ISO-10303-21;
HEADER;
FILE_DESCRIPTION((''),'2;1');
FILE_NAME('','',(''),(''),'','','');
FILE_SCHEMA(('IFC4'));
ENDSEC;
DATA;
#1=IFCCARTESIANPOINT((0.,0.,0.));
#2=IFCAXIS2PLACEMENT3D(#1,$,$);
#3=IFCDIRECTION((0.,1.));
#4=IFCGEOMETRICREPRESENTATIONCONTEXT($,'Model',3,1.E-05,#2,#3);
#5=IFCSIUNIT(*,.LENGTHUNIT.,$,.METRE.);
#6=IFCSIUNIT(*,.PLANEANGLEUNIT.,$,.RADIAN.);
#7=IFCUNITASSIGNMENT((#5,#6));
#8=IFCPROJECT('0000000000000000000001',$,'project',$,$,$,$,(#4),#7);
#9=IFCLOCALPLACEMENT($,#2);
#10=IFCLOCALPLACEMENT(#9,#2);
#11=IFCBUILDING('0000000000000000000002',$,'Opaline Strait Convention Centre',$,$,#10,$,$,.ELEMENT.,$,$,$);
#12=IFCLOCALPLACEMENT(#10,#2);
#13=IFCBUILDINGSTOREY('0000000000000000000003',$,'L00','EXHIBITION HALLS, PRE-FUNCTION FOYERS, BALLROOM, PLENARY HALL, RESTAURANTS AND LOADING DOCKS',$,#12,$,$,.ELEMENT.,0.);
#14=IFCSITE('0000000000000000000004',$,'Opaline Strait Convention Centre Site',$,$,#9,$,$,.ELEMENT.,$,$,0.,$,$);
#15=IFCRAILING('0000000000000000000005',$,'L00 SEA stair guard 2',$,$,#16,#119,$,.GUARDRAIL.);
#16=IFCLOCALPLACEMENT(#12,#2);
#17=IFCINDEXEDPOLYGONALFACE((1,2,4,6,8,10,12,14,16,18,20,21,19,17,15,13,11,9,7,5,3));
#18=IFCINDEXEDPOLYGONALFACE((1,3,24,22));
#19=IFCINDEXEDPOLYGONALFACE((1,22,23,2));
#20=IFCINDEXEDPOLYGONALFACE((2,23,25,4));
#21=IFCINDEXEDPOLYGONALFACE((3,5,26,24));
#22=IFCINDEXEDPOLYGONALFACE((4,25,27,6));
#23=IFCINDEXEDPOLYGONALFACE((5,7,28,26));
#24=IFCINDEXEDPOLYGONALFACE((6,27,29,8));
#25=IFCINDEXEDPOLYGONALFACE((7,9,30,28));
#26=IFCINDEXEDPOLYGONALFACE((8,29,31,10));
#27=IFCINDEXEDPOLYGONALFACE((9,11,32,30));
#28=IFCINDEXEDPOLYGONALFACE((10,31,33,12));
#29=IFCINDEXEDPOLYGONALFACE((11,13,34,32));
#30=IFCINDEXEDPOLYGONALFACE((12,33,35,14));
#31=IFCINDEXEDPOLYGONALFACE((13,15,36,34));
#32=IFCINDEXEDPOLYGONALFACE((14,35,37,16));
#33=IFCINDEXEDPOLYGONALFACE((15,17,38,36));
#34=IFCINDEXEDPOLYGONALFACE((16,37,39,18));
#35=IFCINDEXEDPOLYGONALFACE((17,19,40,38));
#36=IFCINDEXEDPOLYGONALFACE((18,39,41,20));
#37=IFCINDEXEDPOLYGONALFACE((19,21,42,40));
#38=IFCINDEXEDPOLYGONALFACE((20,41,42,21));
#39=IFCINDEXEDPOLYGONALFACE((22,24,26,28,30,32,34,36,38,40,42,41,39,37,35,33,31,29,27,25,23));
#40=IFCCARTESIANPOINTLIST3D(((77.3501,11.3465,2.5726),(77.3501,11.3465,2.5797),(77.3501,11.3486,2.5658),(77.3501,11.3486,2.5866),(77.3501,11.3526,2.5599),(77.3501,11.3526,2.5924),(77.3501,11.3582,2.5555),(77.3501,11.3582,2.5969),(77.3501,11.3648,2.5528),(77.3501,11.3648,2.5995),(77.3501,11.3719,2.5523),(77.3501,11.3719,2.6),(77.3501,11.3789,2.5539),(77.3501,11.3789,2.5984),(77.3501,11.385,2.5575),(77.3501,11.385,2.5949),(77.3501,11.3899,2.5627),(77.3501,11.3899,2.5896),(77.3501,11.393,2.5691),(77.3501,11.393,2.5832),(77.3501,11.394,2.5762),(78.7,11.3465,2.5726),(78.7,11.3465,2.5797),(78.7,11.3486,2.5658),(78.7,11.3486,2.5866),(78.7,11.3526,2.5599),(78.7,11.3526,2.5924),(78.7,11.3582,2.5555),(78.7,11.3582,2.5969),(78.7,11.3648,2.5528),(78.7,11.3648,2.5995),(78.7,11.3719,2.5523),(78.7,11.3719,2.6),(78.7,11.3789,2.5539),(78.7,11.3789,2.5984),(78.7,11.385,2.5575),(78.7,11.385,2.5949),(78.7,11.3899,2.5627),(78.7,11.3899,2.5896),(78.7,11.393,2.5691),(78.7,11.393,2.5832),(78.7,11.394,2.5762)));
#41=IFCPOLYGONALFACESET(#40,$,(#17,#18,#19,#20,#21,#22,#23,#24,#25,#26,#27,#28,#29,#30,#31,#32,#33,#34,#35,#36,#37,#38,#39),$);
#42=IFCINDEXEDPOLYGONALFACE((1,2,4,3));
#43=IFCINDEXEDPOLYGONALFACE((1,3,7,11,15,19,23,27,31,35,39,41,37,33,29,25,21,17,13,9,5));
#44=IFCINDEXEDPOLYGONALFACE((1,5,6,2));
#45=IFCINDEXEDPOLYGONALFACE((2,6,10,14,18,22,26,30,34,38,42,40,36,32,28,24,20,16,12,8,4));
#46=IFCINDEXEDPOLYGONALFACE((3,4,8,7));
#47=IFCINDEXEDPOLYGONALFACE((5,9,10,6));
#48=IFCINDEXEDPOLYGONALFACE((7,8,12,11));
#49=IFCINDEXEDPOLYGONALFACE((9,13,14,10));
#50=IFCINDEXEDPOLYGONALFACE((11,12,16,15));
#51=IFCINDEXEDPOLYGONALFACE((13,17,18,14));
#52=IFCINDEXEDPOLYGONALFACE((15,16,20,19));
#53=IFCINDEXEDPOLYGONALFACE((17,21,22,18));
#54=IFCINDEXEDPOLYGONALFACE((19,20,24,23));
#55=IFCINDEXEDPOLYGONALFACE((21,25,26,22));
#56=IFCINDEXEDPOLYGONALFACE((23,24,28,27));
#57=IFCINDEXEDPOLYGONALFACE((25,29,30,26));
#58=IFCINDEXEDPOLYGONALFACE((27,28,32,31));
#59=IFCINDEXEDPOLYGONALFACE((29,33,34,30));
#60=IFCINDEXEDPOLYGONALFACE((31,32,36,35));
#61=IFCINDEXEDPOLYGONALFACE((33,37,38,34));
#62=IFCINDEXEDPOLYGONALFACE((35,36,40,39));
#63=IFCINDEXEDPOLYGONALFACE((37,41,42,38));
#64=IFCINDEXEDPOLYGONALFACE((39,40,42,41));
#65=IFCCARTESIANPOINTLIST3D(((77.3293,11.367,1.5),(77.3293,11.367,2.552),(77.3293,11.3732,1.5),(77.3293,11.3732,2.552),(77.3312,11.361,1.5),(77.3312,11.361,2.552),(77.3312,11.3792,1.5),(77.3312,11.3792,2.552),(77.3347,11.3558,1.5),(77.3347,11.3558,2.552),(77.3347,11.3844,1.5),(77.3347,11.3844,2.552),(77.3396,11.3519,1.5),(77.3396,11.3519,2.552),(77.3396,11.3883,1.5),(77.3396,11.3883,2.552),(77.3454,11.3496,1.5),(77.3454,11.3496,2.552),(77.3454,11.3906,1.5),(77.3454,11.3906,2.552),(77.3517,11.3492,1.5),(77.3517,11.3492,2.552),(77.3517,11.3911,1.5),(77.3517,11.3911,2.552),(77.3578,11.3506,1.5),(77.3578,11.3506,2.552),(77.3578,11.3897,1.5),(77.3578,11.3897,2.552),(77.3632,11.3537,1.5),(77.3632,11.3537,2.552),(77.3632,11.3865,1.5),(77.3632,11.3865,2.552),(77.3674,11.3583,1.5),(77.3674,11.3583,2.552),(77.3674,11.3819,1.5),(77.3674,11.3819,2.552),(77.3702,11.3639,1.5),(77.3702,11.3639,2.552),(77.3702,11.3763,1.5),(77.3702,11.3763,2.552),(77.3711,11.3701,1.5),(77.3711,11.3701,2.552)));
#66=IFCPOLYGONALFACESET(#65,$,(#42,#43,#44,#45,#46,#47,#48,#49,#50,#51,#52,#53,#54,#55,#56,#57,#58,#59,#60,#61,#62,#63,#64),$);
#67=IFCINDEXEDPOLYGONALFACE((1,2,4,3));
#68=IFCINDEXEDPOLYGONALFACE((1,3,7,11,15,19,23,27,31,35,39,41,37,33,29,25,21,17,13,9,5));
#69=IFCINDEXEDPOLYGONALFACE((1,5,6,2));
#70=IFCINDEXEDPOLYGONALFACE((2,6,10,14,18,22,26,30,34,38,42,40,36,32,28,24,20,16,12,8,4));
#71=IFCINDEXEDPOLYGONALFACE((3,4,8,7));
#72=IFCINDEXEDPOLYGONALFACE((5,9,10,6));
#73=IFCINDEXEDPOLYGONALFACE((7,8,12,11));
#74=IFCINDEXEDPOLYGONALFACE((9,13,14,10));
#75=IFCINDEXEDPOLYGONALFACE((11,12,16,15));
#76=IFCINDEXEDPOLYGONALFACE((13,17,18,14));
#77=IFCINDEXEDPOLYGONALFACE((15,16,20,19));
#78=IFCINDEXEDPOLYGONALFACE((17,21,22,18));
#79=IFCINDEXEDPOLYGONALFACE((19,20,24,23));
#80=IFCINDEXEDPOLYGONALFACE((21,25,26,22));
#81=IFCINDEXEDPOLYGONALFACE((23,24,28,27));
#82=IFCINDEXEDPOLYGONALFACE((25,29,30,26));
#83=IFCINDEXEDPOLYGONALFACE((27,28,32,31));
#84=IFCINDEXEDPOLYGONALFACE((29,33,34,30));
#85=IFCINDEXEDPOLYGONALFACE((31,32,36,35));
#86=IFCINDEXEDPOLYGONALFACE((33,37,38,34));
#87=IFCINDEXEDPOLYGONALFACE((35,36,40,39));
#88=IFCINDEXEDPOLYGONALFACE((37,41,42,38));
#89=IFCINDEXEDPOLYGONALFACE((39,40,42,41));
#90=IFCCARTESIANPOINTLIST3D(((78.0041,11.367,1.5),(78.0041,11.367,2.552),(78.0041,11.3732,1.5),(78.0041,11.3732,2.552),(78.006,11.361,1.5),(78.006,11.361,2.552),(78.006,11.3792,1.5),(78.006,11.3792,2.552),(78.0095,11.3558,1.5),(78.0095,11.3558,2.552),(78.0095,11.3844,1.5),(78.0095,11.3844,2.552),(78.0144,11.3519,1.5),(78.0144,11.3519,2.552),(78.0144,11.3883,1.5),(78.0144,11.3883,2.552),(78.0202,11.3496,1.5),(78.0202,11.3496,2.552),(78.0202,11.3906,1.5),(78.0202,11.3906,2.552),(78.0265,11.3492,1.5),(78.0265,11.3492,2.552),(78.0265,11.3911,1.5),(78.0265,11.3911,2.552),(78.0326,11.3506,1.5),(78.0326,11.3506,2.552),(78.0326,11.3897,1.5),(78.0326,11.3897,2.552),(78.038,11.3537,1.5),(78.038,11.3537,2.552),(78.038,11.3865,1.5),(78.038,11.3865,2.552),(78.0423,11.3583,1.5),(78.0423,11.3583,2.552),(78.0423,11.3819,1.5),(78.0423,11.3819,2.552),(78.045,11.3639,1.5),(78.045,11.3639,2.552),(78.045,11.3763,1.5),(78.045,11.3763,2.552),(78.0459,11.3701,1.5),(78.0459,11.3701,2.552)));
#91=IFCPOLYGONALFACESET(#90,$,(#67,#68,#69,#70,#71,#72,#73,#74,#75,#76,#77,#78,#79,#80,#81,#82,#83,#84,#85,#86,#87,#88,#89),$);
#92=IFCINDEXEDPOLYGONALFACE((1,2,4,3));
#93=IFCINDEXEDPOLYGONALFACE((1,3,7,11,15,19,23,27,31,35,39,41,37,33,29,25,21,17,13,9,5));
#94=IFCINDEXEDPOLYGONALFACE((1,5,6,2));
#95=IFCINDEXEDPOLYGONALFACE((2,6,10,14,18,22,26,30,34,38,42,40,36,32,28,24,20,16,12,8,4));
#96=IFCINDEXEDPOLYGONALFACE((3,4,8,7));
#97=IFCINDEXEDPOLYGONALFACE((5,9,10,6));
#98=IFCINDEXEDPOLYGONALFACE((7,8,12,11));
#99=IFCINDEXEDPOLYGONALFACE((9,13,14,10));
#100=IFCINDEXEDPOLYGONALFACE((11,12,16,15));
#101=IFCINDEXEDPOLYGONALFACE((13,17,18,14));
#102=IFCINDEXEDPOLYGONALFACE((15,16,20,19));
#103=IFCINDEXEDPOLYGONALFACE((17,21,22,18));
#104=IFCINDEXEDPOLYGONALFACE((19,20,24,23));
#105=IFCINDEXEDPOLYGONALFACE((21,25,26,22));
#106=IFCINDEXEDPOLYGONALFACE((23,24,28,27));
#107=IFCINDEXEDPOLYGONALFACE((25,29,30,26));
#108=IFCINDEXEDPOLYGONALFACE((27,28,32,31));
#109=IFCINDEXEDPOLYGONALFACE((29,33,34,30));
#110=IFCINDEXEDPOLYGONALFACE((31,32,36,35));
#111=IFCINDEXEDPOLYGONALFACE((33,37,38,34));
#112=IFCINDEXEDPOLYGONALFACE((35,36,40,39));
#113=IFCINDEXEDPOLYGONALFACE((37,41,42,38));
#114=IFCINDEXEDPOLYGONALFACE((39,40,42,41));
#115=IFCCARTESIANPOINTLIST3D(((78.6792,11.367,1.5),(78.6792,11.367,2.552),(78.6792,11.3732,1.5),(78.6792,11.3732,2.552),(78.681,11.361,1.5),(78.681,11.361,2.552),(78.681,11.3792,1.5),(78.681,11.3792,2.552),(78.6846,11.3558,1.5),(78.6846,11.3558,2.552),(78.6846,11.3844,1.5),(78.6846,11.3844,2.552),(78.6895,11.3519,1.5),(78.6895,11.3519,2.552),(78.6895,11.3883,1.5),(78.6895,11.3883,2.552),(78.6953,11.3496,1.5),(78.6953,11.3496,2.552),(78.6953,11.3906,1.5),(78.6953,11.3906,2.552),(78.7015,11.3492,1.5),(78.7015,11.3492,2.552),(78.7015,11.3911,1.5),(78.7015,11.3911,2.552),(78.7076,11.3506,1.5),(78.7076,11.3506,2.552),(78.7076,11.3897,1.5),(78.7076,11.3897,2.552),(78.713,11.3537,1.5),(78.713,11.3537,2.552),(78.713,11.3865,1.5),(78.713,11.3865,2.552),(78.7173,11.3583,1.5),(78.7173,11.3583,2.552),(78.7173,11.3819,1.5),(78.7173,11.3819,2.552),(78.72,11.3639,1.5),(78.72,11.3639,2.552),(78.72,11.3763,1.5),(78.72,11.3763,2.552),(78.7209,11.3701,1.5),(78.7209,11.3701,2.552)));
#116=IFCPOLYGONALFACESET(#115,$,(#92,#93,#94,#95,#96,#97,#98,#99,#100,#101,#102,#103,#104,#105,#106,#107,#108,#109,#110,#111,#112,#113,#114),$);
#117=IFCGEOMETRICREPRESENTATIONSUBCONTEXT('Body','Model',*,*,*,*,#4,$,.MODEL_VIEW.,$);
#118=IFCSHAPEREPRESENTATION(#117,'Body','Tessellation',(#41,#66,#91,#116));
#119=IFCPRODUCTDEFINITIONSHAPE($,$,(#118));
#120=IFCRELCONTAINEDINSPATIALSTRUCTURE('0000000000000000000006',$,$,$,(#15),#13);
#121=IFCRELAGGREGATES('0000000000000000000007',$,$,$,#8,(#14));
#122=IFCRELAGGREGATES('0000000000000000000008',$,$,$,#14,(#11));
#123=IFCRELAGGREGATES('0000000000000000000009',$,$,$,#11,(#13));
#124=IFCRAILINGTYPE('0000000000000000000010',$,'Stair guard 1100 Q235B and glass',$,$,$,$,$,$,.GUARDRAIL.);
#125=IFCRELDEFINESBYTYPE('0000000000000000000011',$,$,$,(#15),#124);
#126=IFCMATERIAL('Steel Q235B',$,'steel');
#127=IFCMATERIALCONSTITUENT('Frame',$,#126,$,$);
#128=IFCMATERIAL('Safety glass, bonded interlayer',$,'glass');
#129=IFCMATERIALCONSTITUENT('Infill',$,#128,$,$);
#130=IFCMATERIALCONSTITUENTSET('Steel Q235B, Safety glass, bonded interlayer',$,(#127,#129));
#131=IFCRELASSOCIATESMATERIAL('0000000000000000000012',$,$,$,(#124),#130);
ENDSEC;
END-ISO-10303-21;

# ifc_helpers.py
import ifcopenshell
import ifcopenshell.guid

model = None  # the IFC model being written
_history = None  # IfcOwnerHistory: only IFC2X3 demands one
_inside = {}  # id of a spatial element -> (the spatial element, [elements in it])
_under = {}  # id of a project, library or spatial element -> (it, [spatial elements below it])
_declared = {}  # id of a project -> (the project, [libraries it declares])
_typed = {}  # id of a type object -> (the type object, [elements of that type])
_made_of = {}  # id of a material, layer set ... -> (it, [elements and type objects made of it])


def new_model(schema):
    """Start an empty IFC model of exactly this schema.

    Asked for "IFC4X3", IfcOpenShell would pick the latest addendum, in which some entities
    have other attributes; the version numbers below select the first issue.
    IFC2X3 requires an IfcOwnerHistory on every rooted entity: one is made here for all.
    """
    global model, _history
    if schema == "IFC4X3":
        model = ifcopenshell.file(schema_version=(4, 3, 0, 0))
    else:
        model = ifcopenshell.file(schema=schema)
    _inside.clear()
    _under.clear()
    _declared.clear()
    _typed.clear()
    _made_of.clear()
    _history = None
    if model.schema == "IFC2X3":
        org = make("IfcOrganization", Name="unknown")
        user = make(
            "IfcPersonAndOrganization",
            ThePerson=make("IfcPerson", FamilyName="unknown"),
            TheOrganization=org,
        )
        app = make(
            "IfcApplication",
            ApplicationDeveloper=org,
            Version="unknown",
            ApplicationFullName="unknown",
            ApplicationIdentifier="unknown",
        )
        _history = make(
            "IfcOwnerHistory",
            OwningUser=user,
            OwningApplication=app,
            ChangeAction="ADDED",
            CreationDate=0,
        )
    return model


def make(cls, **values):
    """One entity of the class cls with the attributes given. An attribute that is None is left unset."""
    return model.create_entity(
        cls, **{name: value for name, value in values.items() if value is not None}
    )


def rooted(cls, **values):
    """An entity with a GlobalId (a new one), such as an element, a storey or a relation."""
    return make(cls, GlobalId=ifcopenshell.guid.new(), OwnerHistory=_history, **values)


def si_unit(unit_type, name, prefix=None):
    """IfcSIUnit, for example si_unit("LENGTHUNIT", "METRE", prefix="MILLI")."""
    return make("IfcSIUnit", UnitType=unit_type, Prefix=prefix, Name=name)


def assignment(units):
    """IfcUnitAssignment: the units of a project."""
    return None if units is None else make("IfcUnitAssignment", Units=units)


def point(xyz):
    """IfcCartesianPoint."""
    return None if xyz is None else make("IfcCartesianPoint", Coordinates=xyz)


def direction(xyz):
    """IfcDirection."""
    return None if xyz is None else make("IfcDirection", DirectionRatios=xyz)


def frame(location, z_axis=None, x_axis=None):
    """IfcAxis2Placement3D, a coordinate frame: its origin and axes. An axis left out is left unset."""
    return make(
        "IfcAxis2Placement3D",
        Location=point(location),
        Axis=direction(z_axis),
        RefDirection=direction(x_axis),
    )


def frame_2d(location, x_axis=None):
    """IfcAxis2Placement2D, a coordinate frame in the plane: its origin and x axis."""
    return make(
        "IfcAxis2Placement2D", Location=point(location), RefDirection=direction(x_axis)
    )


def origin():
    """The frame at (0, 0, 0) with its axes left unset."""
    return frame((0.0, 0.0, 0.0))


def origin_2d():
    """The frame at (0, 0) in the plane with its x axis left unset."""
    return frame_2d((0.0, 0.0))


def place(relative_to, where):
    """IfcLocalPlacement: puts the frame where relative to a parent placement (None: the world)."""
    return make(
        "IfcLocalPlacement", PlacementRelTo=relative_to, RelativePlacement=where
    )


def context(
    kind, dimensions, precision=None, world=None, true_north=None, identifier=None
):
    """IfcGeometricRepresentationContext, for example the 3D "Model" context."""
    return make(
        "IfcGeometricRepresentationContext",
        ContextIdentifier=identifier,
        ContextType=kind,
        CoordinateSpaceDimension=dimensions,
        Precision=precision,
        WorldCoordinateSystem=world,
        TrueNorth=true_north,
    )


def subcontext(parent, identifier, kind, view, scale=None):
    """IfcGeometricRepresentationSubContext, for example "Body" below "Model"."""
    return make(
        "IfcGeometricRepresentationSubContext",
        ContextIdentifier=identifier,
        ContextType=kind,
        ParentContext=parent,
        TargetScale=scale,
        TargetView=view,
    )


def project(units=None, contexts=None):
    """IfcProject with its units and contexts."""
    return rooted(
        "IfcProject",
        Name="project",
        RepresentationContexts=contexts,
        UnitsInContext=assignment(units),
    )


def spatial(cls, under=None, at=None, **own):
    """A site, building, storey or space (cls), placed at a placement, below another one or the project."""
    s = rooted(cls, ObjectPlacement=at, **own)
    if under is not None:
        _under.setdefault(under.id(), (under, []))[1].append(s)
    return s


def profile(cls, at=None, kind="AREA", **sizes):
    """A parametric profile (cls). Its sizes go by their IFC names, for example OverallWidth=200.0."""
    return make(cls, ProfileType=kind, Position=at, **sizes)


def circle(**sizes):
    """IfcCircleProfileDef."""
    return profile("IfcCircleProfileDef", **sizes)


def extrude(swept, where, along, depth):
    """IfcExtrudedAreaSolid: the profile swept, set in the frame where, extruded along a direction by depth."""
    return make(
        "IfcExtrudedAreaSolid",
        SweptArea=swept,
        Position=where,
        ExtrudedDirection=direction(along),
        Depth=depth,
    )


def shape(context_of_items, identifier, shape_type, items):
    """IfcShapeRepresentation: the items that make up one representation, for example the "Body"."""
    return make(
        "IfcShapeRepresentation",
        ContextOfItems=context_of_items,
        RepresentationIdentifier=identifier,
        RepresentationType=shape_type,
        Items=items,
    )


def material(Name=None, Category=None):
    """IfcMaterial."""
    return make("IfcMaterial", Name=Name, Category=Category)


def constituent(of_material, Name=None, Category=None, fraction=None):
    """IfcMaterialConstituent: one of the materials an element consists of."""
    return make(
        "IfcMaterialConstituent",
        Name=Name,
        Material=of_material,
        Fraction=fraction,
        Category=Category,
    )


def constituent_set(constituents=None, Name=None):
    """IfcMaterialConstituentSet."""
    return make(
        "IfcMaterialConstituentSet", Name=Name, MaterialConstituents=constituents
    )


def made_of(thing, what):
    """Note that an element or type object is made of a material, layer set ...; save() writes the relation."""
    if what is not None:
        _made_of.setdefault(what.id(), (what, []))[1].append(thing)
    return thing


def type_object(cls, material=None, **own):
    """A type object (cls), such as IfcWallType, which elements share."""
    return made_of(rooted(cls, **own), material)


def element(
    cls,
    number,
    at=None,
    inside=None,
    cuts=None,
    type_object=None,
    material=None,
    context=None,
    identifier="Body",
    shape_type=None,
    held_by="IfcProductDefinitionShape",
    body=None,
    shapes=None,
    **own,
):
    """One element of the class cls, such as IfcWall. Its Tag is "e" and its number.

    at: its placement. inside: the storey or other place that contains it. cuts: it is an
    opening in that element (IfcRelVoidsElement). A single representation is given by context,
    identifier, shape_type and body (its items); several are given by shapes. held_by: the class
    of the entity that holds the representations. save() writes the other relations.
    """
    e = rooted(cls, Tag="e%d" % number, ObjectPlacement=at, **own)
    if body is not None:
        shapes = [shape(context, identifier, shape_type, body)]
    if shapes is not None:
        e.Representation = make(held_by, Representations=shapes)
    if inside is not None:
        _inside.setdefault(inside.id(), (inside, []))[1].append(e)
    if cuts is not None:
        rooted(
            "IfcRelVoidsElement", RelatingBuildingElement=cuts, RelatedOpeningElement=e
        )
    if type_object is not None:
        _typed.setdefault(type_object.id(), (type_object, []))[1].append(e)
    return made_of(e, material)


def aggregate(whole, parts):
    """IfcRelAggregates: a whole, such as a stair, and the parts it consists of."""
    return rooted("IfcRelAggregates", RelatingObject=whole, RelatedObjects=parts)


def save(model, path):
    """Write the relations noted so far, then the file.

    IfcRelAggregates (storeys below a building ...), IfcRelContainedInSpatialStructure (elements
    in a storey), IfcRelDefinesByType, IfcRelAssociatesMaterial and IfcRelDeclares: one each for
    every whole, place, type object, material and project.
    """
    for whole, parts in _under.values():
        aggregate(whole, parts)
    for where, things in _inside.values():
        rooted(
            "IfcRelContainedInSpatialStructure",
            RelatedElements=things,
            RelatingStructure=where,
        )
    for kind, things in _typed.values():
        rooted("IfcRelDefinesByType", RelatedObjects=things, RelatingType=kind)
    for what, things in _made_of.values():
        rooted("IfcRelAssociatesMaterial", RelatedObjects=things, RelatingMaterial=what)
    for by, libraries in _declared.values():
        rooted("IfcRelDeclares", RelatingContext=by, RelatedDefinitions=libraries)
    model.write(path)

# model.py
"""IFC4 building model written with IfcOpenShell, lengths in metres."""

from ifc_helpers import new_model, si_unit, direction, frame, origin, origin_2d, place, context, subcontext, project, spatial, circle, extrude, material, constituent, constituent_set, type_object, element, save


model = new_model("IFC4")

# Units and contexts
model_context = context("Model", 3, precision=1e-05, world=origin(), true_north=direction((0.0, 1.0)))
body_context = subcontext(model_context, "Body", "Model", "MODEL_VIEW")
ifc_project = project(units=[si_unit("LENGTHUNIT", "METRE"), si_unit("PLANEANGLEUNIT", "RADIAN")], contexts=[model_context])

# Site, building, storey
site_placement = place(None, origin())
site = spatial("IfcSite", under=ifc_project, at=site_placement, Name="Opaline Strait Convention Centre Site", CompositionType="ELEMENT", RefElevation=0.0)
building_placement = place(site_placement, origin())
building = spatial("IfcBuilding", under=site, at=building_placement, Name="Opaline Strait Convention Centre", CompositionType="ELEMENT")
storey_placement = place(building_placement, origin())
storey = spatial("IfcBuildingStorey", under=building, at=storey_placement, Name="L00", Description="EXHIBITION HALLS, PRE-FUNCTION FOYERS, BALLROOM, PLENARY HALL, RESTAURANTS AND LOADING DOCKS", CompositionType="ELEMENT", Elevation=0.0)

# Railing
ifc_material_1 = material(Name="Steel Q235B", Category="steel")
ifc_constituent_1 = constituent(ifc_material_1, Name="Frame")
ifc_material_2 = material(Name="Safety glass, bonded interlayer", Category="glass")
ifc_constituent_2 = constituent(ifc_material_2, Name="Infill")
ifc_constituent_set = constituent_set(constituents=[ifc_constituent_1, ifc_constituent_2], Name="Steel Q235B, Safety glass, bonded interlayer")
railing_type_1 = type_object("IfcRailingType", Name="Stair guard 1100 Q235B and glass", PredefinedType="GUARDRAIL", material=ifc_constituent_set)
railing_1_placement = place(storey_placement, frame((77.3501, 11.3701, 1.5)))
element("IfcRailing", 1, at=railing_1_placement, inside=storey, type_object=railing_type_1, Name="L00 SEA stair guard 2", PredefinedType="GUARDRAIL", context=body_context, shape_type="SweptSolid", body=[
    extrude(circle(Radius=0.0239, at=origin_2d()), frame((0.0, 0.0, 1.0762), z_axis=(1.0, 0.0, 0.0), x_axis=(0.0, 1.0, 0.0)), (0.0, 0.0, 1.0), 1.3499),
    extrude(circle(Radius=0.021, at=origin_2d()), origin(), (0.0, 0.0, 1.0), 1.052),
    extrude(circle(Radius=0.021, at=origin_2d()), frame((0.6748, 0.0, 0.0)), (0.0, 0.0, 1.0), 1.052),
    extrude(circle(Radius=0.021, at=origin_2d()), frame((1.3499, 0.0, 0.0)), (0.0, 0.0, 1.0), 1.052),
])

save(model, "model.ifc")
